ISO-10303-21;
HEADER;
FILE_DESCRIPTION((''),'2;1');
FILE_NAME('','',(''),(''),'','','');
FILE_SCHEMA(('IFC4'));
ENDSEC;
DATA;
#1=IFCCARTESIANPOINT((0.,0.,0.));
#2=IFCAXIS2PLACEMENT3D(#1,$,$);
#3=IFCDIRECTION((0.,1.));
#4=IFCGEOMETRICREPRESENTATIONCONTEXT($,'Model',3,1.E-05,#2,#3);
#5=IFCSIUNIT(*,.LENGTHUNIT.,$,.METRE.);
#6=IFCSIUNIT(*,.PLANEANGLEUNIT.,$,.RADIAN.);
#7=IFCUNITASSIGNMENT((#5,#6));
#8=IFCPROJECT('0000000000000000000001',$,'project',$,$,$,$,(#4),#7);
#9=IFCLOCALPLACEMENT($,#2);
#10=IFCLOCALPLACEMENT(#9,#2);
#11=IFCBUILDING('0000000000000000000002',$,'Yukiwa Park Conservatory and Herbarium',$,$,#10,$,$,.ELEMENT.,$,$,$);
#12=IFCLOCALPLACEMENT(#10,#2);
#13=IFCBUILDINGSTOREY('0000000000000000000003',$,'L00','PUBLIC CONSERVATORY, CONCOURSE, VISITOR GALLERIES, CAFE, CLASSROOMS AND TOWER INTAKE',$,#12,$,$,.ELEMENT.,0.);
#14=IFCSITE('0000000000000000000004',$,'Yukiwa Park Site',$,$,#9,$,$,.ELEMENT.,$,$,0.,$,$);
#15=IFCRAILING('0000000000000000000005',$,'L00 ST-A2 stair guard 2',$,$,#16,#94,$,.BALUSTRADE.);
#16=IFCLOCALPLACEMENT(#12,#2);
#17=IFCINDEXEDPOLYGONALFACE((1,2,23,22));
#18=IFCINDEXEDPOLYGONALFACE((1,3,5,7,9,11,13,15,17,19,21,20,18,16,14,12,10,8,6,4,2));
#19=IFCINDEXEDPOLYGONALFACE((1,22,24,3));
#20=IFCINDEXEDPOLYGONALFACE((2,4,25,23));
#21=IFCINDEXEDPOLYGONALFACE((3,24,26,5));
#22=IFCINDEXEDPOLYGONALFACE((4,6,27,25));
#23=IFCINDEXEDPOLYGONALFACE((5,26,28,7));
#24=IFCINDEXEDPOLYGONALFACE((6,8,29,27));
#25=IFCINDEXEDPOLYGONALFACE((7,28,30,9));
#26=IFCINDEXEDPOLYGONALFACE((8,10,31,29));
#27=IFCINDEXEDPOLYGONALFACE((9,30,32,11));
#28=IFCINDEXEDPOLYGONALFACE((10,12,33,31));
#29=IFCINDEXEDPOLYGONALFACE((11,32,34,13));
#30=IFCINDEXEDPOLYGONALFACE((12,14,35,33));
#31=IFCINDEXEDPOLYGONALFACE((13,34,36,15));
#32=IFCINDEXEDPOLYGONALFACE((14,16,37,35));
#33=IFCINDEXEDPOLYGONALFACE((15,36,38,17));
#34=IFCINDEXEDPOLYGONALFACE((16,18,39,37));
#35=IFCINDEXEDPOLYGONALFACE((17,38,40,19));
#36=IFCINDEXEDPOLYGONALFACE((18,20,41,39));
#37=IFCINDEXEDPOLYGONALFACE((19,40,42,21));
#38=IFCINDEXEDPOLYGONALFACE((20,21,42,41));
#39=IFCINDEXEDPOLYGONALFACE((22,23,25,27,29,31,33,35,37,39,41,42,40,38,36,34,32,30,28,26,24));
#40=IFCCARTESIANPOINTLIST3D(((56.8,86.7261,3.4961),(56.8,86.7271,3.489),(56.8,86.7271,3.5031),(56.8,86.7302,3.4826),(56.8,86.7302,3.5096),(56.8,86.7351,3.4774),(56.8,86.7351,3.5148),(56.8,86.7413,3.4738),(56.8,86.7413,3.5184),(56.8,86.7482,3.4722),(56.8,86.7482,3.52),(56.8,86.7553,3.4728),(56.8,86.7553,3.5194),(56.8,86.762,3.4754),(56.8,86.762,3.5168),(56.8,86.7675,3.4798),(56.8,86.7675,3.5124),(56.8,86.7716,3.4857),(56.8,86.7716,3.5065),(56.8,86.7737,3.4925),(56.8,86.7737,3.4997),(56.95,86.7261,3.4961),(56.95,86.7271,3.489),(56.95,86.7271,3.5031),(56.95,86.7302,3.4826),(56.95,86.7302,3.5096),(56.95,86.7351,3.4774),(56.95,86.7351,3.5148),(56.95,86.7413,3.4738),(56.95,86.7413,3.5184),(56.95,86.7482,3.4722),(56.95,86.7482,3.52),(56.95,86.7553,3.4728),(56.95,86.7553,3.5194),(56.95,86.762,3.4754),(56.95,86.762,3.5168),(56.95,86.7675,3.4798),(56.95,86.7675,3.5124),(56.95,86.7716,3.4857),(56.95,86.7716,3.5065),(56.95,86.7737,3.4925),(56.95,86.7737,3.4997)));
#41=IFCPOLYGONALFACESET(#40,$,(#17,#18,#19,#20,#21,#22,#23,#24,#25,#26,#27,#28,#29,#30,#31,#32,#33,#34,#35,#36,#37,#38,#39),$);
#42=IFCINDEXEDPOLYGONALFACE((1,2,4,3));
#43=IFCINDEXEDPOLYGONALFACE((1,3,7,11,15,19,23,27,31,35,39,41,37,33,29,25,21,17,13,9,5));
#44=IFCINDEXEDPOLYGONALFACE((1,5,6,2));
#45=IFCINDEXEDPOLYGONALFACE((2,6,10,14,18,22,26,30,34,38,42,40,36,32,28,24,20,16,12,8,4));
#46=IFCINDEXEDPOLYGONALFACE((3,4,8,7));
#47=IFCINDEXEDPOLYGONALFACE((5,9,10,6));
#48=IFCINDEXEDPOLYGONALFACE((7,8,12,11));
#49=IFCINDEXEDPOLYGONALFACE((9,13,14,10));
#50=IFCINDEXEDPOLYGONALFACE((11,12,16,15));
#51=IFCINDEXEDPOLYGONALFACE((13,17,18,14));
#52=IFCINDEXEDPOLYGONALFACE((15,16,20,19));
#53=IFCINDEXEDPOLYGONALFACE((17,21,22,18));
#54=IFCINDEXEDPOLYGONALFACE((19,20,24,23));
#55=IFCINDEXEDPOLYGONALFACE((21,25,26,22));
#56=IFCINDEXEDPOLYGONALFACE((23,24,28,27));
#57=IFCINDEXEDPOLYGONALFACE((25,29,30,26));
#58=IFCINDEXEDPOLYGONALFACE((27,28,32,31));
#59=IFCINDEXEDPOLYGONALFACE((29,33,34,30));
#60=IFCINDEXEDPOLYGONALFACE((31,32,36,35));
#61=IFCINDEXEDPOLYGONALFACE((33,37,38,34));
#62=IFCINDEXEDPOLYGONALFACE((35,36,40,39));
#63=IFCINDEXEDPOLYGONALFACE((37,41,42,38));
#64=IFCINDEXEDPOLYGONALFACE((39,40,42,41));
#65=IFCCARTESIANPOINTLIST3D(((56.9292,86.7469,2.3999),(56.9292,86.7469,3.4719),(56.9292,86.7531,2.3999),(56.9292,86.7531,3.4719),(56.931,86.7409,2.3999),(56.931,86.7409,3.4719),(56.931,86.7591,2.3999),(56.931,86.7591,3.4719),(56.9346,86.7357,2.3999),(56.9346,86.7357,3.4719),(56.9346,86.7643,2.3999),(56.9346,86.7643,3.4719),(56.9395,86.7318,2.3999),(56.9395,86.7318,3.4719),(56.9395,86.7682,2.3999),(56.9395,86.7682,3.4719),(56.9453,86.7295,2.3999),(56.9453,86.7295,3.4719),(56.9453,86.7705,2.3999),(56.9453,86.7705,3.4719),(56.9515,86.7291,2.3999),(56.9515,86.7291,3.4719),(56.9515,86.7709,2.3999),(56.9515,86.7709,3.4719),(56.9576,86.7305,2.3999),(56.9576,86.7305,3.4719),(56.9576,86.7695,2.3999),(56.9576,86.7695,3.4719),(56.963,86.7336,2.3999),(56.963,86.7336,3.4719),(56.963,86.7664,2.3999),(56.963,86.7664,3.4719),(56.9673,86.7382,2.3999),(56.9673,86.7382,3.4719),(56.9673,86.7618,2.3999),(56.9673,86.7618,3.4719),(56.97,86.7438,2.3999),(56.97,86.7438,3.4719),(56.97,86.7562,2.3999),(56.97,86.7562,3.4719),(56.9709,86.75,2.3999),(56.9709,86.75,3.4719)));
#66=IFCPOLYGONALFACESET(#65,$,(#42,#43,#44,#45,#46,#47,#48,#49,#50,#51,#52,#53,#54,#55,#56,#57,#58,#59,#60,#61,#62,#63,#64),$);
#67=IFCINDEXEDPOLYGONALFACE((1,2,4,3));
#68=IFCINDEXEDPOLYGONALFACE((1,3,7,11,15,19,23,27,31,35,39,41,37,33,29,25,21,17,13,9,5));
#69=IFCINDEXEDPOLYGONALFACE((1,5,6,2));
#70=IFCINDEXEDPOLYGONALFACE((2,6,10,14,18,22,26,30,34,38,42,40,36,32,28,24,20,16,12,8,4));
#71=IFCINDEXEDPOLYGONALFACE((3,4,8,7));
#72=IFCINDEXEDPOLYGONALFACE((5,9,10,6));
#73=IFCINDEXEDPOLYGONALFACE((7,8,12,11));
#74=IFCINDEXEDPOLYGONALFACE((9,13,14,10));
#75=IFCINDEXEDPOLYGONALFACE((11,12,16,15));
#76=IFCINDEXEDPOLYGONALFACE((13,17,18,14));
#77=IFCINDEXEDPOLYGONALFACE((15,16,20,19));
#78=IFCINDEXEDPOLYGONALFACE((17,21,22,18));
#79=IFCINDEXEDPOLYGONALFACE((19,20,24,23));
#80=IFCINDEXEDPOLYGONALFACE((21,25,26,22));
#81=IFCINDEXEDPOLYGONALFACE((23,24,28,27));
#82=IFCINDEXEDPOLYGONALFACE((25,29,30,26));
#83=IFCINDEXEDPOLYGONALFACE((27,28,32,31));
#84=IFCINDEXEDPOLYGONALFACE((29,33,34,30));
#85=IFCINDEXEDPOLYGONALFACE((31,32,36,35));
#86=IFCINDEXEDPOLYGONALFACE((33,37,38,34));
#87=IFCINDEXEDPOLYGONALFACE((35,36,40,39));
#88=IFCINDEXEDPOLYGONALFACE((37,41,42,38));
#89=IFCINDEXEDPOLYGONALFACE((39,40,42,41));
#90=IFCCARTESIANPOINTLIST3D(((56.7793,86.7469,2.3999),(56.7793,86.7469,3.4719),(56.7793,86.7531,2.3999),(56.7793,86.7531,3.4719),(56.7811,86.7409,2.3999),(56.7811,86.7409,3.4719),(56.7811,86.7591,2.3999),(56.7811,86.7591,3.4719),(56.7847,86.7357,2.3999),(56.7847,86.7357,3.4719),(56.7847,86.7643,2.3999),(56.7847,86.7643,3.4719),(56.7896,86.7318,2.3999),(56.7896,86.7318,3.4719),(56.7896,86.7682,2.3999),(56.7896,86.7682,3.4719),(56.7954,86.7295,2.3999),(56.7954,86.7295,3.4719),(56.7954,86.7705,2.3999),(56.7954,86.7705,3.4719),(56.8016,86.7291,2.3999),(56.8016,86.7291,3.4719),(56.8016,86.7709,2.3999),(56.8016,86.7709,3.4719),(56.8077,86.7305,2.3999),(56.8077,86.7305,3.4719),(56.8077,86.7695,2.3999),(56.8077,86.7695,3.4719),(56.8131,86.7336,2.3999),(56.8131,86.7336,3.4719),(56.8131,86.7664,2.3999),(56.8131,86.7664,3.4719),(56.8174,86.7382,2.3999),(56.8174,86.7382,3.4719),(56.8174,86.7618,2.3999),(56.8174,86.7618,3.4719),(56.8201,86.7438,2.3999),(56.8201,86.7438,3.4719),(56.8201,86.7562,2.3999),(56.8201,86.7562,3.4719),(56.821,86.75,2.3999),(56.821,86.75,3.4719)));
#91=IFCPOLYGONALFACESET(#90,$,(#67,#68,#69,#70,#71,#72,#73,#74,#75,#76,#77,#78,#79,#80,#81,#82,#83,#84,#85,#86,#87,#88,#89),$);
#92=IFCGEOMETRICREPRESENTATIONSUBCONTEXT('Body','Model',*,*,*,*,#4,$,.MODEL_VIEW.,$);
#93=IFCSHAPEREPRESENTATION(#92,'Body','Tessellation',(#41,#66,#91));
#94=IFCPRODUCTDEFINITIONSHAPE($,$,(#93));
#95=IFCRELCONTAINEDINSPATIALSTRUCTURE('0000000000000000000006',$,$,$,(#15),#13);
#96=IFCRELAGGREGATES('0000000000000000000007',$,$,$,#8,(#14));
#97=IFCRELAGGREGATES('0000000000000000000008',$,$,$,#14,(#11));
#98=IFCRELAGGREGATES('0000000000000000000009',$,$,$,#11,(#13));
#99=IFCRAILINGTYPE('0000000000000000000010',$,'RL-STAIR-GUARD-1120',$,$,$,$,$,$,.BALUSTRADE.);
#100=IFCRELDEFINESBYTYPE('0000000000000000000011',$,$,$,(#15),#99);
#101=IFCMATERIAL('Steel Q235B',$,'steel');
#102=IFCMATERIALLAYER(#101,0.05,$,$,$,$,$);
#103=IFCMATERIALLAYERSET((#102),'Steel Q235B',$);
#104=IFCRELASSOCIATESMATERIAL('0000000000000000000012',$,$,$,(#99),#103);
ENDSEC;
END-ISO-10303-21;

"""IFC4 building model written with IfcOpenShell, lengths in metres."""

from ifc_helpers import new_model, si_unit, direction, frame, origin, origin_2d, place, context, subcontext, project, spatial, circle, extrude, material, layer, layer_set, type_object, element, save


model = new_model("IFC4")

# Units and contexts
model_context = context("Model", 3, precision=1e-05, world=origin(), true_north=direction((0.0, 1.0)))
body_context = subcontext(model_context, "Body", "Model", "MODEL_VIEW")
ifc_project = project(units=[si_unit("LENGTHUNIT", "METRE"), si_unit("PLANEANGLEUNIT", "RADIAN")], contexts=[model_context])

# Site, building, storey
site_placement = place(None, origin())
site = spatial("IfcSite", under=ifc_project, at=site_placement, Name="Yukiwa Park Site", CompositionType="ELEMENT", RefElevation=0.0)
building_placement = place(site_placement, origin())
building = spatial("IfcBuilding", under=site, at=building_placement, Name="Yukiwa Park Conservatory and Herbarium", CompositionType="ELEMENT")
storey_placement = place(building_placement, origin())
storey = spatial("IfcBuildingStorey", under=building, at=storey_placement, Name="L00", Description="PUBLIC CONSERVATORY, CONCOURSE, VISITOR GALLERIES, CAFE, CLASSROOMS AND TOWER INTAKE", CompositionType="ELEMENT", Elevation=0.0)

# Railing
ifc_material_1 = material(Name="Steel Q235B", Category="steel")
ifc_layer_1 = layer(ifc_material_1, 0.05)
ifc_layer_set_1 = layer_set([ifc_layer_1], Name="Steel Q235B")
railing_type_1 = type_object("IfcRailingType", Name="RL-STAIR-GUARD-1120", PredefinedType="BALUSTRADE", material=ifc_layer_set_1)
railing_1_placement = place(storey_placement, frame((56.95, 86.75, 2.3999)))
element("IfcRailing", 1, at=railing_1_placement, inside=storey, type_object=railing_type_1, Name="L00 ST-A2 stair guard 2", PredefinedType="BALUSTRADE", context=body_context, shape_type="SweptSolid", body=[
    extrude(circle(Radius=0.0239, at=origin_2d()), frame((0.0, 0.0, 1.0962), z_axis=(-1.0, 0.0, 0.0), x_axis=(0.0, -1.0, 0.0)), (0.0, 0.0, 1.0), 0.1499),
    extrude(circle(Radius=0.021, at=origin_2d()), origin(), (0.0, 0.0, 1.0), 1.072),
    extrude(circle(Radius=0.021, at=origin_2d()), frame((-0.1499, 0.0, 0.0)), (0.0, 0.0, 1.0), 1.072),
])

save(model, "model.ifc")
